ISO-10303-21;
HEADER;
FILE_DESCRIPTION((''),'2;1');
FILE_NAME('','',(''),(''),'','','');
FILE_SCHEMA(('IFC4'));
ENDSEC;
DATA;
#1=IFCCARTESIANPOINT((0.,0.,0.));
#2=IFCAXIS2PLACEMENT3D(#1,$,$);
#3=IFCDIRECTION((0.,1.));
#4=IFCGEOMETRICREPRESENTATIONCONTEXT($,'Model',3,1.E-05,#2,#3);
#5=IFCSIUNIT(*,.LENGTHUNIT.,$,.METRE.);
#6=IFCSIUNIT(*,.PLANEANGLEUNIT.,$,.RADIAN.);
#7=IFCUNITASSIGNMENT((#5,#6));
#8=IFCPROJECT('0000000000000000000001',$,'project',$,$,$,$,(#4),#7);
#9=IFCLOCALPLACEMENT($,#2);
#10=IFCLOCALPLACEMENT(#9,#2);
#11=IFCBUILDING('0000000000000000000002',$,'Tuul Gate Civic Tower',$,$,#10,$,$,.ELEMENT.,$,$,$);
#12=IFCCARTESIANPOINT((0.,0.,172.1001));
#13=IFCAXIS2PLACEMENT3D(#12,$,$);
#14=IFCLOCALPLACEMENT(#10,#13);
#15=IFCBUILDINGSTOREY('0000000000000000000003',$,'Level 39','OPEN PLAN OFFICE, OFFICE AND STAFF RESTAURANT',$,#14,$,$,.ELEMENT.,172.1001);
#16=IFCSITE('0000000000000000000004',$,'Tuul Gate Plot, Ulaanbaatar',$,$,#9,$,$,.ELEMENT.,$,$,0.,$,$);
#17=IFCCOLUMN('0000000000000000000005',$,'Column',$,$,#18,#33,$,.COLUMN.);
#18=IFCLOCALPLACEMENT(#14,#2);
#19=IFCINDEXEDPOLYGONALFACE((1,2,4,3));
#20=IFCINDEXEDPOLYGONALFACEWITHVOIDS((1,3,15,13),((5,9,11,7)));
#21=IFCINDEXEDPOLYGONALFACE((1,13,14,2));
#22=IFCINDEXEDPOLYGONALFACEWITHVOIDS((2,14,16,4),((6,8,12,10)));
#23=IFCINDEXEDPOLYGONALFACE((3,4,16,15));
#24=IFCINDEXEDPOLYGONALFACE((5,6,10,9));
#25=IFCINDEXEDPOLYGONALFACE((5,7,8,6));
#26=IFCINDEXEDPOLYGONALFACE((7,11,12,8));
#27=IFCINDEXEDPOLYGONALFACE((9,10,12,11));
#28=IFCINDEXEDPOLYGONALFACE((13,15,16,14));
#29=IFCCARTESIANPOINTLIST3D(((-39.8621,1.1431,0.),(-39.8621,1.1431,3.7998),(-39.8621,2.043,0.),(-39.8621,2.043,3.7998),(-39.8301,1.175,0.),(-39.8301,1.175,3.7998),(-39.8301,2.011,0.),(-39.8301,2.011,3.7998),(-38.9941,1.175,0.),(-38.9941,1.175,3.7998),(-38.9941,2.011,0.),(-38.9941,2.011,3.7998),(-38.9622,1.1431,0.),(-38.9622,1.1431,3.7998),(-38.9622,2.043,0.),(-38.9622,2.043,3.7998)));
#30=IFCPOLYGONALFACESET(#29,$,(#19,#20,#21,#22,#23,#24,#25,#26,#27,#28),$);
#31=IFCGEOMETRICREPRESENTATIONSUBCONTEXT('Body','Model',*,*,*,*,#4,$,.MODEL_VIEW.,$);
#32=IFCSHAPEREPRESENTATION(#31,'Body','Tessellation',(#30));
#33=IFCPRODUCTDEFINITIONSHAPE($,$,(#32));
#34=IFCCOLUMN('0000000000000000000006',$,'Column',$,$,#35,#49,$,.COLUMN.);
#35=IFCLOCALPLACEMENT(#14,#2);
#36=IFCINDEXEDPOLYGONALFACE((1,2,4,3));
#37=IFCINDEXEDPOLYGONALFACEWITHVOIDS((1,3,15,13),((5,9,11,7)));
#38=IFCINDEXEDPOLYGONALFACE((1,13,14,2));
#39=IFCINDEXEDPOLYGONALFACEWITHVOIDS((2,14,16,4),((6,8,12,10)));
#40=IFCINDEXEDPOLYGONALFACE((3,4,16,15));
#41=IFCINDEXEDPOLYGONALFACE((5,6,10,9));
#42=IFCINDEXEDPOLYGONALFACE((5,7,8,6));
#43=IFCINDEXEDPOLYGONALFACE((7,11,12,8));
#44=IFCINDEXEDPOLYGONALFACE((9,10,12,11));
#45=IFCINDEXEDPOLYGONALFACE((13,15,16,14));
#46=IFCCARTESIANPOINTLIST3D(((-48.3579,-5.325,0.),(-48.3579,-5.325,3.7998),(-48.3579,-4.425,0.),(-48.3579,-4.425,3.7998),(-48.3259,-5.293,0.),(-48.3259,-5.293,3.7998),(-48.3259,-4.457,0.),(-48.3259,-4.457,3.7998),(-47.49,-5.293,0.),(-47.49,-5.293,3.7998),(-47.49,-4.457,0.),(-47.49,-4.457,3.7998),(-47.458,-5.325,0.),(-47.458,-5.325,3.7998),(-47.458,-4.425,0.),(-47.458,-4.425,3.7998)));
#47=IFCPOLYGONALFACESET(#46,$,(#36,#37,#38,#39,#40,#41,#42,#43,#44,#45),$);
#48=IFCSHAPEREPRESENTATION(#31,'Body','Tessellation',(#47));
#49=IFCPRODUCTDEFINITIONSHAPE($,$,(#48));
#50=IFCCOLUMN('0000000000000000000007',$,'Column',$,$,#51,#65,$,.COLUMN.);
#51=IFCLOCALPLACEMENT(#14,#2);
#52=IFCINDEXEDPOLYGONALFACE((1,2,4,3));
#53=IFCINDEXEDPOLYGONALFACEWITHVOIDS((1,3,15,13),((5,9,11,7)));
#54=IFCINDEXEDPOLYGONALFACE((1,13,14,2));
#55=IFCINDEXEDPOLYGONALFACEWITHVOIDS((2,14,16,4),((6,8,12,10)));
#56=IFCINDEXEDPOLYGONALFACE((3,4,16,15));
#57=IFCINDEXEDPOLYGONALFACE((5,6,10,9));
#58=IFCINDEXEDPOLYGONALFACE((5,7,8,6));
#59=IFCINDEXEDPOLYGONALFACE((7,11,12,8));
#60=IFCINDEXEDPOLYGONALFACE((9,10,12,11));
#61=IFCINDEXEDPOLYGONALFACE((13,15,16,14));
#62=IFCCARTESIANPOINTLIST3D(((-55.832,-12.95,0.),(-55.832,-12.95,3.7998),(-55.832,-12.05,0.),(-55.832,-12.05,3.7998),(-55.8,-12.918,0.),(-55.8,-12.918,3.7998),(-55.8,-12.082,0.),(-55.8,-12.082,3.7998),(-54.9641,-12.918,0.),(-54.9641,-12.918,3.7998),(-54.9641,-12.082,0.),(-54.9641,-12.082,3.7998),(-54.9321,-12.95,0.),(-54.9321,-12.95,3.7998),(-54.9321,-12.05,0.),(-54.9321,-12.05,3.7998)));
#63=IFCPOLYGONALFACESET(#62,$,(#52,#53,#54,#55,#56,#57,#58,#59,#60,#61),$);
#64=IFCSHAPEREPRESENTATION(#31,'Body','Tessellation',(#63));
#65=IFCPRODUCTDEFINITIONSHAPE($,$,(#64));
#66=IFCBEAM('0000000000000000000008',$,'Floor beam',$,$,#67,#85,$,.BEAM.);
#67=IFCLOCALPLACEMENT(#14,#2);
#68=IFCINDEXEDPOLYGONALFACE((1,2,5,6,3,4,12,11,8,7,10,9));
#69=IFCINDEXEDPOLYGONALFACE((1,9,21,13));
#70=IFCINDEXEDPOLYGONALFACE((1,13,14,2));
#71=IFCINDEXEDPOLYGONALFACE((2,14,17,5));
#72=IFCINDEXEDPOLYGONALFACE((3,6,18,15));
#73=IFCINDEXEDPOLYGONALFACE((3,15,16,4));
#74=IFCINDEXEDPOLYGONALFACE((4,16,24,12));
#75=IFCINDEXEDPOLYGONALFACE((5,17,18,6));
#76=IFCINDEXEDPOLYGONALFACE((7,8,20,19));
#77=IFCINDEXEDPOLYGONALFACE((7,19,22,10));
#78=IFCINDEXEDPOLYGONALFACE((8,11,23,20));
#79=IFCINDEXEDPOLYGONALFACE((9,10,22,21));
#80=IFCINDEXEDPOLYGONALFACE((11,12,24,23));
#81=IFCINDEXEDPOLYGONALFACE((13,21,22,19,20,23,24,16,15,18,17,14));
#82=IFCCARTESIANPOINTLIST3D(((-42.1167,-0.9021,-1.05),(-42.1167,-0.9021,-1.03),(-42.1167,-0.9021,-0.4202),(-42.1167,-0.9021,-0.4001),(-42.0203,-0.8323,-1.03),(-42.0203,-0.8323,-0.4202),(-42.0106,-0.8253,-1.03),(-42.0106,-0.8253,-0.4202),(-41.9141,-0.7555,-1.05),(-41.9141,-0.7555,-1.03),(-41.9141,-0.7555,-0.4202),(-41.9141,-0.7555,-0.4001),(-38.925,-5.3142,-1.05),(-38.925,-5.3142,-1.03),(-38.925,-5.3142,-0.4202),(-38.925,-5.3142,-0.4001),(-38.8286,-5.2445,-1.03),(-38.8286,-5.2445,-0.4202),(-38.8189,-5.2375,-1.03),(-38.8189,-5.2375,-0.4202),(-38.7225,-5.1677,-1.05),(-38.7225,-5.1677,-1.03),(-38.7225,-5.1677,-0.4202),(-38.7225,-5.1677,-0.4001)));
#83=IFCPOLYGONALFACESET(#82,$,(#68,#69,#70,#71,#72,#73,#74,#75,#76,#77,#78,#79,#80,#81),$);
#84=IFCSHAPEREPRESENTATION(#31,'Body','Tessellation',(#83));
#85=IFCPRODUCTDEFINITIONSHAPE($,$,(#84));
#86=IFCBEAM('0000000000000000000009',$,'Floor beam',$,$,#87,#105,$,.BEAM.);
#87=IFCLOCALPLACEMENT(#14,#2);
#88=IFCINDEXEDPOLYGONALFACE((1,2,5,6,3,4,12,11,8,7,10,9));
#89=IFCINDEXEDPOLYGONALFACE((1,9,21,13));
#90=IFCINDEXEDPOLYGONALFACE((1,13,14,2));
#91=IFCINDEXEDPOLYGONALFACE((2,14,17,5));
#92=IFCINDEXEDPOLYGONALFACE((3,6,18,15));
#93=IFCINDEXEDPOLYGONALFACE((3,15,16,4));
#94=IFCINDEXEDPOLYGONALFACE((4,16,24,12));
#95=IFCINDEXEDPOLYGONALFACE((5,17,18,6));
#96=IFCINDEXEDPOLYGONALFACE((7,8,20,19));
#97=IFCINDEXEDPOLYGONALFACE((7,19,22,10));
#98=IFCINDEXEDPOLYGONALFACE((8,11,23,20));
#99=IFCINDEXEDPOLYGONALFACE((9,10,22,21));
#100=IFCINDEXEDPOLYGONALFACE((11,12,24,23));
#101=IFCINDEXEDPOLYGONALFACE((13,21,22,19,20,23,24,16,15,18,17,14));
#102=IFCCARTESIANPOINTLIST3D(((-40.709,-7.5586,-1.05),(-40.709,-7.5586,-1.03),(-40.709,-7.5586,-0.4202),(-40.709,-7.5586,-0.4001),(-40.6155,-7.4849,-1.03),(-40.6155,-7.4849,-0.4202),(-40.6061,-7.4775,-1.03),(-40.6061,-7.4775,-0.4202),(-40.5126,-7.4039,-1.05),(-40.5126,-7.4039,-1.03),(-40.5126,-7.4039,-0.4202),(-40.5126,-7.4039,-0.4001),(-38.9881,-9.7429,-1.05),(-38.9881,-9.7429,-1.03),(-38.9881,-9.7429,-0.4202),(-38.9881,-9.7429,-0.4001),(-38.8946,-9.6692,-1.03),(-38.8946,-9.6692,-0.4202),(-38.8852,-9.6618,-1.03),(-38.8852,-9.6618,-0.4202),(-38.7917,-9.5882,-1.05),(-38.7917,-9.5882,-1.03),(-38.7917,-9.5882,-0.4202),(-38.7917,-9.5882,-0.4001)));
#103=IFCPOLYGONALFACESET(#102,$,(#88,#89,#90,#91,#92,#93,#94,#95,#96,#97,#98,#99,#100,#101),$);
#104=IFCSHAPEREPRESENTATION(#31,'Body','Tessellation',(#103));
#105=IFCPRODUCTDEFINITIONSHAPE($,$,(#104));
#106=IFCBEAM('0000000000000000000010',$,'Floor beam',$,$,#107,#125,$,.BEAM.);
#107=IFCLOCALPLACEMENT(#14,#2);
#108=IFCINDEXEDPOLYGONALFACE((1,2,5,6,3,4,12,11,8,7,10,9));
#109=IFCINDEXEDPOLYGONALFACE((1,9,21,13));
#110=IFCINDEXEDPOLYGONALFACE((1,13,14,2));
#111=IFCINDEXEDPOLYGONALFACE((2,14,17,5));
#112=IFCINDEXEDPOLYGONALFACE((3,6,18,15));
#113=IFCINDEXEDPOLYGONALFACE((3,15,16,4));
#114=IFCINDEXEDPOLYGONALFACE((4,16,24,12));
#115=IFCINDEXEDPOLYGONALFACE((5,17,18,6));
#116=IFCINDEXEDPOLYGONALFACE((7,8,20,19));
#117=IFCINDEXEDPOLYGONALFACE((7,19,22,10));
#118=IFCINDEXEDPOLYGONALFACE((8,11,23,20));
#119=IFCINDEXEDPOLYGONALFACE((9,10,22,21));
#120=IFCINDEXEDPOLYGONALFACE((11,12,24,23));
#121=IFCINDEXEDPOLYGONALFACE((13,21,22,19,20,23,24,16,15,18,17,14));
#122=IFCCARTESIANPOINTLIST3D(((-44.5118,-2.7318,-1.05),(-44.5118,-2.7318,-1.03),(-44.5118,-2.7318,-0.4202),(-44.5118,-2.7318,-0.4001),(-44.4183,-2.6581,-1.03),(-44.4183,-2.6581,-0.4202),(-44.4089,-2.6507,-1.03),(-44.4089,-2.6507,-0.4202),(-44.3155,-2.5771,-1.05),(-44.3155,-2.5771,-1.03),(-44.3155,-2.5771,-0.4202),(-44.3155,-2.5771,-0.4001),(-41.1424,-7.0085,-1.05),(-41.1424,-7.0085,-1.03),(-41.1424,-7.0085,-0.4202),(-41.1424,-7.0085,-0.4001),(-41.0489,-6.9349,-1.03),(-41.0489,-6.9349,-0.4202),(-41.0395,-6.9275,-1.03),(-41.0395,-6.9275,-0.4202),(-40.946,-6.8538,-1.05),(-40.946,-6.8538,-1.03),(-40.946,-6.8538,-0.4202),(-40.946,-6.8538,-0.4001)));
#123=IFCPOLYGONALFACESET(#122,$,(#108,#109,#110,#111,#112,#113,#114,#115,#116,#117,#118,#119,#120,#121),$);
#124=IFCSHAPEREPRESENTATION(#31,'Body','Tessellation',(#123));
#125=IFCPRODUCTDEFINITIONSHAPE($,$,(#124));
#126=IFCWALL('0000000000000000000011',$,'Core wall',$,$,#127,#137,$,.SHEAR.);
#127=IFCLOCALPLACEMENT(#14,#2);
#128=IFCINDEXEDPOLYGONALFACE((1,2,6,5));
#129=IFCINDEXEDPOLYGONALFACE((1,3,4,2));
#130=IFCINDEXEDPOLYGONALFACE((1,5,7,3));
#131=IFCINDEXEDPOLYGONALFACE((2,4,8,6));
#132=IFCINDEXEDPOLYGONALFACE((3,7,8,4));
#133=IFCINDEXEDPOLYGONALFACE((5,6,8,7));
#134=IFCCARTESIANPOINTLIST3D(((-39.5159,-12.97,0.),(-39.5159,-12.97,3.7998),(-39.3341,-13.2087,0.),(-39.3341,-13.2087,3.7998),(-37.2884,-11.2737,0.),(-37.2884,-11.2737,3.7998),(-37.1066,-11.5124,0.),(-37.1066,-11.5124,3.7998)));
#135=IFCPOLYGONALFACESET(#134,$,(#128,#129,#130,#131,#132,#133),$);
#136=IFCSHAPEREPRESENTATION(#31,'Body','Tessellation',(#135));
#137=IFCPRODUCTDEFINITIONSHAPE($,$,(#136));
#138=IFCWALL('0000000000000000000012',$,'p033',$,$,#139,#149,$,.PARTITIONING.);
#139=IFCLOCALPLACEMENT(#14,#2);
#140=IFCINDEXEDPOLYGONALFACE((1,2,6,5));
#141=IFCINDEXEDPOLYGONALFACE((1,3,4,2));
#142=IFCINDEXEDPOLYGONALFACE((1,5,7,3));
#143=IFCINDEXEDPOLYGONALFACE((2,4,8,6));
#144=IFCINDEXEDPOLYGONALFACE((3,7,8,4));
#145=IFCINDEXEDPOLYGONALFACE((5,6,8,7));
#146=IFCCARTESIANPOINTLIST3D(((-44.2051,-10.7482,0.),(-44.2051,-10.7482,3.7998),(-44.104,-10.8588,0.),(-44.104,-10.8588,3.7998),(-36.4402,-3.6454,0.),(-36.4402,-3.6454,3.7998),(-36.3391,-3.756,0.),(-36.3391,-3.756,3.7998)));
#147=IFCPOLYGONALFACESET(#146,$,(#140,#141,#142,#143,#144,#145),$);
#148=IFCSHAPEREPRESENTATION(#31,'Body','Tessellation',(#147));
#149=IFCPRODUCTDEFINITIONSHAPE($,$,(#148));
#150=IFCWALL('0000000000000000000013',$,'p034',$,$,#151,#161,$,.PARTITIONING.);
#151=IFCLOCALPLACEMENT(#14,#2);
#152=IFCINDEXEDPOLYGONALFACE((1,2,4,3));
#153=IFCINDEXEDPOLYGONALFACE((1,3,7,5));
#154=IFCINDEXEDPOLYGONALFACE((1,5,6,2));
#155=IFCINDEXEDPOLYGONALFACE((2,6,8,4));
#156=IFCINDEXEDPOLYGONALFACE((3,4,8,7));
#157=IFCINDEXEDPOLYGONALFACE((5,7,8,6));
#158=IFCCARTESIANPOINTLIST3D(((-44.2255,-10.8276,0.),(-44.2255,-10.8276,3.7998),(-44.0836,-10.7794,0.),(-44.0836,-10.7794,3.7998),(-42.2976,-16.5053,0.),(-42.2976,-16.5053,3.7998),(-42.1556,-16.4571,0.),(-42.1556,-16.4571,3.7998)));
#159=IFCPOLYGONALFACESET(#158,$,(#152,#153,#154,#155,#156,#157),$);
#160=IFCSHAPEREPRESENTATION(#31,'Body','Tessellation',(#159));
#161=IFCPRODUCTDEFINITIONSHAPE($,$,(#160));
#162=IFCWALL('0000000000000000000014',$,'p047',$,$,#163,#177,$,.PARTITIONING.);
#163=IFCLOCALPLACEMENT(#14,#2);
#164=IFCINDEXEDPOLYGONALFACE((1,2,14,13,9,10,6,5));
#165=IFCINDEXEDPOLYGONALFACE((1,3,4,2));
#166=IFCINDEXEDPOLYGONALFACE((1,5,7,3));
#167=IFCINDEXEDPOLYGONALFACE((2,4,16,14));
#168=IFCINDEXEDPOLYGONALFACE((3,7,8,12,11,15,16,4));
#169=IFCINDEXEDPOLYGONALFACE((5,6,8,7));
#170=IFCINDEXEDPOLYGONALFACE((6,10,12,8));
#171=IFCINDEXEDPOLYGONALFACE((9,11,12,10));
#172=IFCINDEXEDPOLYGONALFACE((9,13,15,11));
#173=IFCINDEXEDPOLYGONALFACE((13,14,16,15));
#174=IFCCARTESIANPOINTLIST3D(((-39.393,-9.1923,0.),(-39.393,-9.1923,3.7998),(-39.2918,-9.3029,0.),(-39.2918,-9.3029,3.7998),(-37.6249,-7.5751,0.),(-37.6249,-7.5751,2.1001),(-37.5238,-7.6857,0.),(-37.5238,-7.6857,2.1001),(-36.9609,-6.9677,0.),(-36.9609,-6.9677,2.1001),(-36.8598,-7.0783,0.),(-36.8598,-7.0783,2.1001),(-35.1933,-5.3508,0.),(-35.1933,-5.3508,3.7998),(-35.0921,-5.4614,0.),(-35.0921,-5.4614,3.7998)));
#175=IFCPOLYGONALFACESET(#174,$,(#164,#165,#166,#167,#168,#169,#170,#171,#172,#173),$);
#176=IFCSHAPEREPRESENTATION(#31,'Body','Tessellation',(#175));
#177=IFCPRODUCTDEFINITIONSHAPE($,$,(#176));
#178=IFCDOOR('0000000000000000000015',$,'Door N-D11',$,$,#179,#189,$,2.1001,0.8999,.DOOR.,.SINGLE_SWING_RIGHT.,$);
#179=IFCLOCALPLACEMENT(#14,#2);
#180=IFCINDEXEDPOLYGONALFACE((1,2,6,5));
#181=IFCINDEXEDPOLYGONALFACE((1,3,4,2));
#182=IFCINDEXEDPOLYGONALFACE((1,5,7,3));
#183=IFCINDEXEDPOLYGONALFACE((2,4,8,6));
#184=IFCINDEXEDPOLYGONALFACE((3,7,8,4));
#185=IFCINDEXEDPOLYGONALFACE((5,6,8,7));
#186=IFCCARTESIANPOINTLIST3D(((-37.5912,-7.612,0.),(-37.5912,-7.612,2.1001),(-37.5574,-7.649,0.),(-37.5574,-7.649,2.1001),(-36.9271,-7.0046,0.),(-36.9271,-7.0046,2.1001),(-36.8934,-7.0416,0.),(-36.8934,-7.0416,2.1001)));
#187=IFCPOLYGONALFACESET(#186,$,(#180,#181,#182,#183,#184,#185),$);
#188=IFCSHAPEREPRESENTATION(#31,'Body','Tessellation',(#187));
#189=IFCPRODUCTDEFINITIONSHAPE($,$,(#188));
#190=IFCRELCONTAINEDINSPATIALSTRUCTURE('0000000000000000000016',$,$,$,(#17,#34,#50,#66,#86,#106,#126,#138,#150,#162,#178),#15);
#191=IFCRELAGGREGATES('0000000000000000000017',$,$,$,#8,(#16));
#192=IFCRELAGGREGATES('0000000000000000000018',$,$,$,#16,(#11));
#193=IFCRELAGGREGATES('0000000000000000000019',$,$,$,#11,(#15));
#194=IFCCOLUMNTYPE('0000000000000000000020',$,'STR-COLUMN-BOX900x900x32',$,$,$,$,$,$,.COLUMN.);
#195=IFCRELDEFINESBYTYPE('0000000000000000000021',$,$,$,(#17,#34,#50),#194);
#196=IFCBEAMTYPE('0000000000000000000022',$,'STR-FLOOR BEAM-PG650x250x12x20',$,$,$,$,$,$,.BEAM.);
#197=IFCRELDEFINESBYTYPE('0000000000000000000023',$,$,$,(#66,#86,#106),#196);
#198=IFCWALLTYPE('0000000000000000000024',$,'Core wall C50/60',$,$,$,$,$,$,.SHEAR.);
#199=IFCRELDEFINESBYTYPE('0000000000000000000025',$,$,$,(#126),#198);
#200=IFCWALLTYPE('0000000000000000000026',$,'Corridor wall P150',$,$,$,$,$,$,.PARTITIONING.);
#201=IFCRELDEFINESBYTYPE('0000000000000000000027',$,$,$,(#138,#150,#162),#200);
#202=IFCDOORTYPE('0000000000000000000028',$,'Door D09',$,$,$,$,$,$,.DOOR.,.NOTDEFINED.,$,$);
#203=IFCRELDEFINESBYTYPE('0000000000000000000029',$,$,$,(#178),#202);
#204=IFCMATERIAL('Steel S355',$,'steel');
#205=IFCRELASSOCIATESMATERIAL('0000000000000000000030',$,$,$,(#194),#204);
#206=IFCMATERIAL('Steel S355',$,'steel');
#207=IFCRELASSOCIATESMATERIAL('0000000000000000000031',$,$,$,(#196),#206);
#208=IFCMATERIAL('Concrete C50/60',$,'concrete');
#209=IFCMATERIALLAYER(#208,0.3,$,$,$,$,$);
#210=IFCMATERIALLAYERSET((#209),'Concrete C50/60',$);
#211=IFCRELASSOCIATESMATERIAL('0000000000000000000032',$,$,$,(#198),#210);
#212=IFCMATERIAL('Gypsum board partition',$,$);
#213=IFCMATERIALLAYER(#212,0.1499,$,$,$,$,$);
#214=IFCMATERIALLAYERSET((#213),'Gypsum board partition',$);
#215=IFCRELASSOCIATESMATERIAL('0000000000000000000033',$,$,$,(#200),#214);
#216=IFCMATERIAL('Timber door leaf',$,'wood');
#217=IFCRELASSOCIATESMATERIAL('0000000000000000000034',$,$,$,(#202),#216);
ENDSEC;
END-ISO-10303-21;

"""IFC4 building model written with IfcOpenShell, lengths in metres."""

from ifc_helpers import new_model, si_unit, direction, frame, frame_2d, origin, origin_2d, place, context, subcontext, project, spatial, rectangle, hollow_rectangle, i_section, extrude, material, layer, layer_set, material_profile, profile_set, type_object, element, fill, save


model = new_model("IFC4")

# Units and contexts
model_context = context("Model", 3, precision=1e-05, world=origin(), true_north=direction((0.0, 1.0)))
body_context = subcontext(model_context, "Body", "Model", "MODEL_VIEW")
ifc_project = project(units=[si_unit("LENGTHUNIT", "METRE"), si_unit("PLANEANGLEUNIT", "RADIAN")], contexts=[model_context])

# Site, building, storey
site_placement = place(None, origin())
site = spatial("IfcSite", under=ifc_project, at=site_placement, Name="Tuul Gate Plot, Ulaanbaatar", CompositionType="ELEMENT", RefElevation=0.0)
building_placement = place(site_placement, origin())
building = spatial("IfcBuilding", under=site, at=building_placement, Name="Tuul Gate Civic Tower", CompositionType="ELEMENT")
storey_placement = place(building_placement, frame((0.0, 0.0, 172.1001)))
storey = spatial("IfcBuildingStorey", under=building, at=storey_placement, Name="Level 39", Description="OPEN PLAN OFFICE, OFFICE AND STAFF RESTAURANT", CompositionType="ELEMENT", Elevation=172.1001)

# Columns
ifc_material_1 = material(Name="Steel S355", Category="steel")
ifc_material_profile_1 = material_profile(ifc_material_1, hollow_rectangle(XDim=0.8999, YDim=0.8999, WallThickness=0.032, at=origin_2d()), Name="BOX900x900x32")
ifc_profile_set_1 = profile_set([ifc_material_profile_1], Name="Steel S355")
column_type = type_object("IfcColumnType", Name="STR-COLUMN-BOX900x900x32", PredefinedType="COLUMN", material=ifc_profile_set_1)
for number, where, z_axis, x_axis, name in (
    (1, (-39.4121, 1.593, 0.0), (0.0, 0.0, 1.0), (1.0, 0.0, 0.0), "Column"),
    (2, (-47.908, -4.875, 0.0), (0.0, 0.0, 1.0), (1.0, 0.0, 0.0), "Column"),
    (3, (-55.3821, -12.5, 0.0), (0.0, 0.0, 1.0), (1.0, 0.0, 0.0), "Column"),
):
    element("IfcColumn", number, at=place(storey_placement, frame(where, z_axis=z_axis, x_axis=x_axis)), inside=storey, type_object=column_type, Name=name, PredefinedType="COLUMN", context=body_context, shape_type="SweptSolid", body=[
        extrude(hollow_rectangle(XDim=0.8999, YDim=0.8999, WallThickness=0.032, at=origin_2d()), origin(), (0.0, 0.0, 1.0), 3.7998),
    ])

# Beams
ifc_material_2 = material(Name="Steel S355", Category="steel")
ifc_material_profile_2 = material_profile(ifc_material_2, i_section(OverallWidth=0.25, OverallDepth=0.6499, WebThickness=0.012, FlangeThickness=0.02, at=origin_2d()), Name="PG650x250x12x20")
ifc_profile_set_2 = profile_set([ifc_material_profile_2], Name="Steel S355")
beam_type = type_object("IfcBeamType", Name="STR-FLOOR BEAM-PG650x250x12x20", PredefinedType="BEAM", material=ifc_profile_set_2)
beam_1_placement = place(storey_placement, frame((-38.8237, -5.241, -0.7251), z_axis=(-0.586109, 0.810232, 0.0), x_axis=(-0.810232, -0.586109, 0.0)))
element("IfcBeam", 4, at=beam_1_placement, inside=storey, type_object=beam_type, Name="Floor beam", PredefinedType="BEAM", context=body_context, shape_type="SweptSolid", body=[
    extrude(i_section(OverallWidth=0.25, OverallDepth=0.6499, WebThickness=0.012, FlangeThickness=0.02, at=origin_2d()), origin(), (0.0, 0.0, 1.0), 5.4456),
])
beam_2_placement = place(storey_placement, frame((-38.8899, -9.6655, -0.7251), z_axis=(-0.618864, 0.785498, 0.0), x_axis=(-0.785498, -0.618864, 0.0)))
element("IfcBeam", 5, at=beam_2_placement, inside=storey, type_object=beam_type, Name="Floor beam", PredefinedType="BEAM", context=body_context, shape_type="SweptSolid", body=[
    extrude(i_section(OverallWidth=0.25, OverallDepth=0.6499, WebThickness=0.012, FlangeThickness=0.02, at=origin_2d()), origin(), (0.0, 0.0, 1.0), 2.7808),
])
beam_3_placement = place(storey_placement, frame((-41.0442, -6.9312, -0.7251), z_axis=(-0.618865, 0.785498, 0.0), x_axis=(-0.785498, -0.618865, 0.0)))
element("IfcBeam", 6, at=beam_3_placement, inside=storey, type_object=beam_type, Name="Floor beam", PredefinedType="BEAM", context=body_context, shape_type="SweptSolid", body=[
    extrude(i_section(OverallWidth=0.25, OverallDepth=0.6499, WebThickness=0.012, FlangeThickness=0.02, at=origin_2d()), origin(), (0.0, 0.0, 1.0), 5.4446),
])

# Walls
ifc_material_3 = material(Name="Concrete C50/60", Category="concrete")
ifc_layer_1 = layer(ifc_material_3, 0.3)
ifc_layer_set_1 = layer_set([ifc_layer_1], Name="Concrete C50/60")
wall_type_1 = type_object("IfcWallType", Name="Core wall C50/60", PredefinedType="SHEAR", material=ifc_layer_set_1)
wall_1_placement = place(storey_placement, frame((-37.1975, -11.3931, 0.0), z_axis=(0.0, 0.0, 1.0), x_axis=(-0.795584, -0.605844, 0.0)))
element("IfcWall", 7, at=wall_1_placement, inside=storey, type_object=wall_type_1, Name="Core wall", PredefinedType="SHEAR", context=body_context, shape_type="SweptSolid", body=[
    extrude(rectangle(XDim=2.7998, YDim=0.3, at=frame_2d((1.3999, 0.0))), origin(), (0.0, 0.0, 1.0), 3.7998),
])
ifc_material_4 = material(Name="Gypsum board partition")
ifc_layer_2 = layer(ifc_material_4, 0.1499)
ifc_layer_set_2 = layer_set([ifc_layer_2], Name="Gypsum board partition")
wall_type_2 = type_object("IfcWallType", Name="Corridor wall P150", PredefinedType="PARTITIONING", material=ifc_layer_set_2)
wall_2_placement = place(storey_placement, frame((-44.1545, -10.8035, 0.0), z_axis=(0.0, 0.0, 1.0), x_axis=(0.737865, 0.674948, 0.0)))
element("IfcWall", 8, at=wall_2_placement, inside=storey, type_object=wall_type_2, Name="p033", PredefinedType="PARTITIONING", context=body_context, shape_type="SweptSolid", body=[
    extrude(rectangle(XDim=10.5234, YDim=0.1499, at=frame_2d((5.2617, 0.0))), origin(), (0.0, 0.0, 1.0), 3.7998),
])
wall_3_placement = place(storey_placement, frame((-44.1545, -10.8035, 0.0), z_axis=(0.0, 0.0, 1.0), x_axis=(0.321536, -0.946897, 0.0)))
element("IfcWall", 9, at=wall_3_placement, inside=storey, type_object=wall_type_2, Name="p034", PredefinedType="PARTITIONING", context=body_context, shape_type="SweptSolid", body=[
    extrude(rectangle(XDim=5.9961, YDim=0.1499, at=frame_2d((2.998, 0.0))), origin(), (0.0, 0.0, 1.0), 3.7998),
])

# Wall, opening, door
wall_4_placement = place(storey_placement, frame((-39.3423, -9.2476, 0.0), z_axis=(0.0, 0.0, 1.0), x_axis=(0.737869, 0.674943, 0.0)))
wall_4 = element("IfcWall", 10, at=wall_4_placement, inside=storey, type_object=wall_type_2, Name="p047", PredefinedType="PARTITIONING", context=body_context, shape_type="SweptSolid", body=[
    extrude(rectangle(XDim=5.6917, YDim=0.1499, at=frame_2d((2.8457, 0.0))), origin(), (0.0, 0.0, 1.0), 3.7998),
])
opening_1_placement = place(wall_4_placement, frame((2.396, 0.0, 0.0)))
opening_1 = element("IfcOpeningElement", 11, at=opening_1_placement, cuts=wall_4, PredefinedType="OPENING", context=body_context, shape_type="SweptSolid", body=[
    extrude(rectangle(XDim=0.8999, YDim=2.1001, at=frame_2d((0.45, 1.05))), frame((0.0, 0.085, 0.0), z_axis=(0.0, -1.0, 0.0), x_axis=(1.0, 0.0, 0.0)), (0.0, 0.0, 1.0), 0.1699),
])
ifc_material_5 = material(Name="Timber door leaf", Category="wood")
door_type = type_object("IfcDoorType", Name="Door D09", OperationType="NOTDEFINED", PredefinedType="DOOR", material=ifc_material_5)
door_placement = place(opening_1_placement, origin())
door = element("IfcDoor", 12, at=door_placement, inside=storey, type_object=door_type, Name="Door N-D11", OperationType="SINGLE_SWING_RIGHT", OverallHeight=2.1001, OverallWidth=0.8999, PredefinedType="DOOR", context=body_context, shape_type="SweptSolid", body=[
    extrude(rectangle(XDim=0.8999, YDim=2.1001, at=frame_2d((0.45, 1.05))), frame((0.0, 0.0249, 0.0), z_axis=(0.0, -1.0, 0.0), x_axis=(1.0, 0.0, 0.0)), (0.0, 0.0, 1.0), 0.05),
])
fill(opening_1, door)

save(model, "model.ifc")
